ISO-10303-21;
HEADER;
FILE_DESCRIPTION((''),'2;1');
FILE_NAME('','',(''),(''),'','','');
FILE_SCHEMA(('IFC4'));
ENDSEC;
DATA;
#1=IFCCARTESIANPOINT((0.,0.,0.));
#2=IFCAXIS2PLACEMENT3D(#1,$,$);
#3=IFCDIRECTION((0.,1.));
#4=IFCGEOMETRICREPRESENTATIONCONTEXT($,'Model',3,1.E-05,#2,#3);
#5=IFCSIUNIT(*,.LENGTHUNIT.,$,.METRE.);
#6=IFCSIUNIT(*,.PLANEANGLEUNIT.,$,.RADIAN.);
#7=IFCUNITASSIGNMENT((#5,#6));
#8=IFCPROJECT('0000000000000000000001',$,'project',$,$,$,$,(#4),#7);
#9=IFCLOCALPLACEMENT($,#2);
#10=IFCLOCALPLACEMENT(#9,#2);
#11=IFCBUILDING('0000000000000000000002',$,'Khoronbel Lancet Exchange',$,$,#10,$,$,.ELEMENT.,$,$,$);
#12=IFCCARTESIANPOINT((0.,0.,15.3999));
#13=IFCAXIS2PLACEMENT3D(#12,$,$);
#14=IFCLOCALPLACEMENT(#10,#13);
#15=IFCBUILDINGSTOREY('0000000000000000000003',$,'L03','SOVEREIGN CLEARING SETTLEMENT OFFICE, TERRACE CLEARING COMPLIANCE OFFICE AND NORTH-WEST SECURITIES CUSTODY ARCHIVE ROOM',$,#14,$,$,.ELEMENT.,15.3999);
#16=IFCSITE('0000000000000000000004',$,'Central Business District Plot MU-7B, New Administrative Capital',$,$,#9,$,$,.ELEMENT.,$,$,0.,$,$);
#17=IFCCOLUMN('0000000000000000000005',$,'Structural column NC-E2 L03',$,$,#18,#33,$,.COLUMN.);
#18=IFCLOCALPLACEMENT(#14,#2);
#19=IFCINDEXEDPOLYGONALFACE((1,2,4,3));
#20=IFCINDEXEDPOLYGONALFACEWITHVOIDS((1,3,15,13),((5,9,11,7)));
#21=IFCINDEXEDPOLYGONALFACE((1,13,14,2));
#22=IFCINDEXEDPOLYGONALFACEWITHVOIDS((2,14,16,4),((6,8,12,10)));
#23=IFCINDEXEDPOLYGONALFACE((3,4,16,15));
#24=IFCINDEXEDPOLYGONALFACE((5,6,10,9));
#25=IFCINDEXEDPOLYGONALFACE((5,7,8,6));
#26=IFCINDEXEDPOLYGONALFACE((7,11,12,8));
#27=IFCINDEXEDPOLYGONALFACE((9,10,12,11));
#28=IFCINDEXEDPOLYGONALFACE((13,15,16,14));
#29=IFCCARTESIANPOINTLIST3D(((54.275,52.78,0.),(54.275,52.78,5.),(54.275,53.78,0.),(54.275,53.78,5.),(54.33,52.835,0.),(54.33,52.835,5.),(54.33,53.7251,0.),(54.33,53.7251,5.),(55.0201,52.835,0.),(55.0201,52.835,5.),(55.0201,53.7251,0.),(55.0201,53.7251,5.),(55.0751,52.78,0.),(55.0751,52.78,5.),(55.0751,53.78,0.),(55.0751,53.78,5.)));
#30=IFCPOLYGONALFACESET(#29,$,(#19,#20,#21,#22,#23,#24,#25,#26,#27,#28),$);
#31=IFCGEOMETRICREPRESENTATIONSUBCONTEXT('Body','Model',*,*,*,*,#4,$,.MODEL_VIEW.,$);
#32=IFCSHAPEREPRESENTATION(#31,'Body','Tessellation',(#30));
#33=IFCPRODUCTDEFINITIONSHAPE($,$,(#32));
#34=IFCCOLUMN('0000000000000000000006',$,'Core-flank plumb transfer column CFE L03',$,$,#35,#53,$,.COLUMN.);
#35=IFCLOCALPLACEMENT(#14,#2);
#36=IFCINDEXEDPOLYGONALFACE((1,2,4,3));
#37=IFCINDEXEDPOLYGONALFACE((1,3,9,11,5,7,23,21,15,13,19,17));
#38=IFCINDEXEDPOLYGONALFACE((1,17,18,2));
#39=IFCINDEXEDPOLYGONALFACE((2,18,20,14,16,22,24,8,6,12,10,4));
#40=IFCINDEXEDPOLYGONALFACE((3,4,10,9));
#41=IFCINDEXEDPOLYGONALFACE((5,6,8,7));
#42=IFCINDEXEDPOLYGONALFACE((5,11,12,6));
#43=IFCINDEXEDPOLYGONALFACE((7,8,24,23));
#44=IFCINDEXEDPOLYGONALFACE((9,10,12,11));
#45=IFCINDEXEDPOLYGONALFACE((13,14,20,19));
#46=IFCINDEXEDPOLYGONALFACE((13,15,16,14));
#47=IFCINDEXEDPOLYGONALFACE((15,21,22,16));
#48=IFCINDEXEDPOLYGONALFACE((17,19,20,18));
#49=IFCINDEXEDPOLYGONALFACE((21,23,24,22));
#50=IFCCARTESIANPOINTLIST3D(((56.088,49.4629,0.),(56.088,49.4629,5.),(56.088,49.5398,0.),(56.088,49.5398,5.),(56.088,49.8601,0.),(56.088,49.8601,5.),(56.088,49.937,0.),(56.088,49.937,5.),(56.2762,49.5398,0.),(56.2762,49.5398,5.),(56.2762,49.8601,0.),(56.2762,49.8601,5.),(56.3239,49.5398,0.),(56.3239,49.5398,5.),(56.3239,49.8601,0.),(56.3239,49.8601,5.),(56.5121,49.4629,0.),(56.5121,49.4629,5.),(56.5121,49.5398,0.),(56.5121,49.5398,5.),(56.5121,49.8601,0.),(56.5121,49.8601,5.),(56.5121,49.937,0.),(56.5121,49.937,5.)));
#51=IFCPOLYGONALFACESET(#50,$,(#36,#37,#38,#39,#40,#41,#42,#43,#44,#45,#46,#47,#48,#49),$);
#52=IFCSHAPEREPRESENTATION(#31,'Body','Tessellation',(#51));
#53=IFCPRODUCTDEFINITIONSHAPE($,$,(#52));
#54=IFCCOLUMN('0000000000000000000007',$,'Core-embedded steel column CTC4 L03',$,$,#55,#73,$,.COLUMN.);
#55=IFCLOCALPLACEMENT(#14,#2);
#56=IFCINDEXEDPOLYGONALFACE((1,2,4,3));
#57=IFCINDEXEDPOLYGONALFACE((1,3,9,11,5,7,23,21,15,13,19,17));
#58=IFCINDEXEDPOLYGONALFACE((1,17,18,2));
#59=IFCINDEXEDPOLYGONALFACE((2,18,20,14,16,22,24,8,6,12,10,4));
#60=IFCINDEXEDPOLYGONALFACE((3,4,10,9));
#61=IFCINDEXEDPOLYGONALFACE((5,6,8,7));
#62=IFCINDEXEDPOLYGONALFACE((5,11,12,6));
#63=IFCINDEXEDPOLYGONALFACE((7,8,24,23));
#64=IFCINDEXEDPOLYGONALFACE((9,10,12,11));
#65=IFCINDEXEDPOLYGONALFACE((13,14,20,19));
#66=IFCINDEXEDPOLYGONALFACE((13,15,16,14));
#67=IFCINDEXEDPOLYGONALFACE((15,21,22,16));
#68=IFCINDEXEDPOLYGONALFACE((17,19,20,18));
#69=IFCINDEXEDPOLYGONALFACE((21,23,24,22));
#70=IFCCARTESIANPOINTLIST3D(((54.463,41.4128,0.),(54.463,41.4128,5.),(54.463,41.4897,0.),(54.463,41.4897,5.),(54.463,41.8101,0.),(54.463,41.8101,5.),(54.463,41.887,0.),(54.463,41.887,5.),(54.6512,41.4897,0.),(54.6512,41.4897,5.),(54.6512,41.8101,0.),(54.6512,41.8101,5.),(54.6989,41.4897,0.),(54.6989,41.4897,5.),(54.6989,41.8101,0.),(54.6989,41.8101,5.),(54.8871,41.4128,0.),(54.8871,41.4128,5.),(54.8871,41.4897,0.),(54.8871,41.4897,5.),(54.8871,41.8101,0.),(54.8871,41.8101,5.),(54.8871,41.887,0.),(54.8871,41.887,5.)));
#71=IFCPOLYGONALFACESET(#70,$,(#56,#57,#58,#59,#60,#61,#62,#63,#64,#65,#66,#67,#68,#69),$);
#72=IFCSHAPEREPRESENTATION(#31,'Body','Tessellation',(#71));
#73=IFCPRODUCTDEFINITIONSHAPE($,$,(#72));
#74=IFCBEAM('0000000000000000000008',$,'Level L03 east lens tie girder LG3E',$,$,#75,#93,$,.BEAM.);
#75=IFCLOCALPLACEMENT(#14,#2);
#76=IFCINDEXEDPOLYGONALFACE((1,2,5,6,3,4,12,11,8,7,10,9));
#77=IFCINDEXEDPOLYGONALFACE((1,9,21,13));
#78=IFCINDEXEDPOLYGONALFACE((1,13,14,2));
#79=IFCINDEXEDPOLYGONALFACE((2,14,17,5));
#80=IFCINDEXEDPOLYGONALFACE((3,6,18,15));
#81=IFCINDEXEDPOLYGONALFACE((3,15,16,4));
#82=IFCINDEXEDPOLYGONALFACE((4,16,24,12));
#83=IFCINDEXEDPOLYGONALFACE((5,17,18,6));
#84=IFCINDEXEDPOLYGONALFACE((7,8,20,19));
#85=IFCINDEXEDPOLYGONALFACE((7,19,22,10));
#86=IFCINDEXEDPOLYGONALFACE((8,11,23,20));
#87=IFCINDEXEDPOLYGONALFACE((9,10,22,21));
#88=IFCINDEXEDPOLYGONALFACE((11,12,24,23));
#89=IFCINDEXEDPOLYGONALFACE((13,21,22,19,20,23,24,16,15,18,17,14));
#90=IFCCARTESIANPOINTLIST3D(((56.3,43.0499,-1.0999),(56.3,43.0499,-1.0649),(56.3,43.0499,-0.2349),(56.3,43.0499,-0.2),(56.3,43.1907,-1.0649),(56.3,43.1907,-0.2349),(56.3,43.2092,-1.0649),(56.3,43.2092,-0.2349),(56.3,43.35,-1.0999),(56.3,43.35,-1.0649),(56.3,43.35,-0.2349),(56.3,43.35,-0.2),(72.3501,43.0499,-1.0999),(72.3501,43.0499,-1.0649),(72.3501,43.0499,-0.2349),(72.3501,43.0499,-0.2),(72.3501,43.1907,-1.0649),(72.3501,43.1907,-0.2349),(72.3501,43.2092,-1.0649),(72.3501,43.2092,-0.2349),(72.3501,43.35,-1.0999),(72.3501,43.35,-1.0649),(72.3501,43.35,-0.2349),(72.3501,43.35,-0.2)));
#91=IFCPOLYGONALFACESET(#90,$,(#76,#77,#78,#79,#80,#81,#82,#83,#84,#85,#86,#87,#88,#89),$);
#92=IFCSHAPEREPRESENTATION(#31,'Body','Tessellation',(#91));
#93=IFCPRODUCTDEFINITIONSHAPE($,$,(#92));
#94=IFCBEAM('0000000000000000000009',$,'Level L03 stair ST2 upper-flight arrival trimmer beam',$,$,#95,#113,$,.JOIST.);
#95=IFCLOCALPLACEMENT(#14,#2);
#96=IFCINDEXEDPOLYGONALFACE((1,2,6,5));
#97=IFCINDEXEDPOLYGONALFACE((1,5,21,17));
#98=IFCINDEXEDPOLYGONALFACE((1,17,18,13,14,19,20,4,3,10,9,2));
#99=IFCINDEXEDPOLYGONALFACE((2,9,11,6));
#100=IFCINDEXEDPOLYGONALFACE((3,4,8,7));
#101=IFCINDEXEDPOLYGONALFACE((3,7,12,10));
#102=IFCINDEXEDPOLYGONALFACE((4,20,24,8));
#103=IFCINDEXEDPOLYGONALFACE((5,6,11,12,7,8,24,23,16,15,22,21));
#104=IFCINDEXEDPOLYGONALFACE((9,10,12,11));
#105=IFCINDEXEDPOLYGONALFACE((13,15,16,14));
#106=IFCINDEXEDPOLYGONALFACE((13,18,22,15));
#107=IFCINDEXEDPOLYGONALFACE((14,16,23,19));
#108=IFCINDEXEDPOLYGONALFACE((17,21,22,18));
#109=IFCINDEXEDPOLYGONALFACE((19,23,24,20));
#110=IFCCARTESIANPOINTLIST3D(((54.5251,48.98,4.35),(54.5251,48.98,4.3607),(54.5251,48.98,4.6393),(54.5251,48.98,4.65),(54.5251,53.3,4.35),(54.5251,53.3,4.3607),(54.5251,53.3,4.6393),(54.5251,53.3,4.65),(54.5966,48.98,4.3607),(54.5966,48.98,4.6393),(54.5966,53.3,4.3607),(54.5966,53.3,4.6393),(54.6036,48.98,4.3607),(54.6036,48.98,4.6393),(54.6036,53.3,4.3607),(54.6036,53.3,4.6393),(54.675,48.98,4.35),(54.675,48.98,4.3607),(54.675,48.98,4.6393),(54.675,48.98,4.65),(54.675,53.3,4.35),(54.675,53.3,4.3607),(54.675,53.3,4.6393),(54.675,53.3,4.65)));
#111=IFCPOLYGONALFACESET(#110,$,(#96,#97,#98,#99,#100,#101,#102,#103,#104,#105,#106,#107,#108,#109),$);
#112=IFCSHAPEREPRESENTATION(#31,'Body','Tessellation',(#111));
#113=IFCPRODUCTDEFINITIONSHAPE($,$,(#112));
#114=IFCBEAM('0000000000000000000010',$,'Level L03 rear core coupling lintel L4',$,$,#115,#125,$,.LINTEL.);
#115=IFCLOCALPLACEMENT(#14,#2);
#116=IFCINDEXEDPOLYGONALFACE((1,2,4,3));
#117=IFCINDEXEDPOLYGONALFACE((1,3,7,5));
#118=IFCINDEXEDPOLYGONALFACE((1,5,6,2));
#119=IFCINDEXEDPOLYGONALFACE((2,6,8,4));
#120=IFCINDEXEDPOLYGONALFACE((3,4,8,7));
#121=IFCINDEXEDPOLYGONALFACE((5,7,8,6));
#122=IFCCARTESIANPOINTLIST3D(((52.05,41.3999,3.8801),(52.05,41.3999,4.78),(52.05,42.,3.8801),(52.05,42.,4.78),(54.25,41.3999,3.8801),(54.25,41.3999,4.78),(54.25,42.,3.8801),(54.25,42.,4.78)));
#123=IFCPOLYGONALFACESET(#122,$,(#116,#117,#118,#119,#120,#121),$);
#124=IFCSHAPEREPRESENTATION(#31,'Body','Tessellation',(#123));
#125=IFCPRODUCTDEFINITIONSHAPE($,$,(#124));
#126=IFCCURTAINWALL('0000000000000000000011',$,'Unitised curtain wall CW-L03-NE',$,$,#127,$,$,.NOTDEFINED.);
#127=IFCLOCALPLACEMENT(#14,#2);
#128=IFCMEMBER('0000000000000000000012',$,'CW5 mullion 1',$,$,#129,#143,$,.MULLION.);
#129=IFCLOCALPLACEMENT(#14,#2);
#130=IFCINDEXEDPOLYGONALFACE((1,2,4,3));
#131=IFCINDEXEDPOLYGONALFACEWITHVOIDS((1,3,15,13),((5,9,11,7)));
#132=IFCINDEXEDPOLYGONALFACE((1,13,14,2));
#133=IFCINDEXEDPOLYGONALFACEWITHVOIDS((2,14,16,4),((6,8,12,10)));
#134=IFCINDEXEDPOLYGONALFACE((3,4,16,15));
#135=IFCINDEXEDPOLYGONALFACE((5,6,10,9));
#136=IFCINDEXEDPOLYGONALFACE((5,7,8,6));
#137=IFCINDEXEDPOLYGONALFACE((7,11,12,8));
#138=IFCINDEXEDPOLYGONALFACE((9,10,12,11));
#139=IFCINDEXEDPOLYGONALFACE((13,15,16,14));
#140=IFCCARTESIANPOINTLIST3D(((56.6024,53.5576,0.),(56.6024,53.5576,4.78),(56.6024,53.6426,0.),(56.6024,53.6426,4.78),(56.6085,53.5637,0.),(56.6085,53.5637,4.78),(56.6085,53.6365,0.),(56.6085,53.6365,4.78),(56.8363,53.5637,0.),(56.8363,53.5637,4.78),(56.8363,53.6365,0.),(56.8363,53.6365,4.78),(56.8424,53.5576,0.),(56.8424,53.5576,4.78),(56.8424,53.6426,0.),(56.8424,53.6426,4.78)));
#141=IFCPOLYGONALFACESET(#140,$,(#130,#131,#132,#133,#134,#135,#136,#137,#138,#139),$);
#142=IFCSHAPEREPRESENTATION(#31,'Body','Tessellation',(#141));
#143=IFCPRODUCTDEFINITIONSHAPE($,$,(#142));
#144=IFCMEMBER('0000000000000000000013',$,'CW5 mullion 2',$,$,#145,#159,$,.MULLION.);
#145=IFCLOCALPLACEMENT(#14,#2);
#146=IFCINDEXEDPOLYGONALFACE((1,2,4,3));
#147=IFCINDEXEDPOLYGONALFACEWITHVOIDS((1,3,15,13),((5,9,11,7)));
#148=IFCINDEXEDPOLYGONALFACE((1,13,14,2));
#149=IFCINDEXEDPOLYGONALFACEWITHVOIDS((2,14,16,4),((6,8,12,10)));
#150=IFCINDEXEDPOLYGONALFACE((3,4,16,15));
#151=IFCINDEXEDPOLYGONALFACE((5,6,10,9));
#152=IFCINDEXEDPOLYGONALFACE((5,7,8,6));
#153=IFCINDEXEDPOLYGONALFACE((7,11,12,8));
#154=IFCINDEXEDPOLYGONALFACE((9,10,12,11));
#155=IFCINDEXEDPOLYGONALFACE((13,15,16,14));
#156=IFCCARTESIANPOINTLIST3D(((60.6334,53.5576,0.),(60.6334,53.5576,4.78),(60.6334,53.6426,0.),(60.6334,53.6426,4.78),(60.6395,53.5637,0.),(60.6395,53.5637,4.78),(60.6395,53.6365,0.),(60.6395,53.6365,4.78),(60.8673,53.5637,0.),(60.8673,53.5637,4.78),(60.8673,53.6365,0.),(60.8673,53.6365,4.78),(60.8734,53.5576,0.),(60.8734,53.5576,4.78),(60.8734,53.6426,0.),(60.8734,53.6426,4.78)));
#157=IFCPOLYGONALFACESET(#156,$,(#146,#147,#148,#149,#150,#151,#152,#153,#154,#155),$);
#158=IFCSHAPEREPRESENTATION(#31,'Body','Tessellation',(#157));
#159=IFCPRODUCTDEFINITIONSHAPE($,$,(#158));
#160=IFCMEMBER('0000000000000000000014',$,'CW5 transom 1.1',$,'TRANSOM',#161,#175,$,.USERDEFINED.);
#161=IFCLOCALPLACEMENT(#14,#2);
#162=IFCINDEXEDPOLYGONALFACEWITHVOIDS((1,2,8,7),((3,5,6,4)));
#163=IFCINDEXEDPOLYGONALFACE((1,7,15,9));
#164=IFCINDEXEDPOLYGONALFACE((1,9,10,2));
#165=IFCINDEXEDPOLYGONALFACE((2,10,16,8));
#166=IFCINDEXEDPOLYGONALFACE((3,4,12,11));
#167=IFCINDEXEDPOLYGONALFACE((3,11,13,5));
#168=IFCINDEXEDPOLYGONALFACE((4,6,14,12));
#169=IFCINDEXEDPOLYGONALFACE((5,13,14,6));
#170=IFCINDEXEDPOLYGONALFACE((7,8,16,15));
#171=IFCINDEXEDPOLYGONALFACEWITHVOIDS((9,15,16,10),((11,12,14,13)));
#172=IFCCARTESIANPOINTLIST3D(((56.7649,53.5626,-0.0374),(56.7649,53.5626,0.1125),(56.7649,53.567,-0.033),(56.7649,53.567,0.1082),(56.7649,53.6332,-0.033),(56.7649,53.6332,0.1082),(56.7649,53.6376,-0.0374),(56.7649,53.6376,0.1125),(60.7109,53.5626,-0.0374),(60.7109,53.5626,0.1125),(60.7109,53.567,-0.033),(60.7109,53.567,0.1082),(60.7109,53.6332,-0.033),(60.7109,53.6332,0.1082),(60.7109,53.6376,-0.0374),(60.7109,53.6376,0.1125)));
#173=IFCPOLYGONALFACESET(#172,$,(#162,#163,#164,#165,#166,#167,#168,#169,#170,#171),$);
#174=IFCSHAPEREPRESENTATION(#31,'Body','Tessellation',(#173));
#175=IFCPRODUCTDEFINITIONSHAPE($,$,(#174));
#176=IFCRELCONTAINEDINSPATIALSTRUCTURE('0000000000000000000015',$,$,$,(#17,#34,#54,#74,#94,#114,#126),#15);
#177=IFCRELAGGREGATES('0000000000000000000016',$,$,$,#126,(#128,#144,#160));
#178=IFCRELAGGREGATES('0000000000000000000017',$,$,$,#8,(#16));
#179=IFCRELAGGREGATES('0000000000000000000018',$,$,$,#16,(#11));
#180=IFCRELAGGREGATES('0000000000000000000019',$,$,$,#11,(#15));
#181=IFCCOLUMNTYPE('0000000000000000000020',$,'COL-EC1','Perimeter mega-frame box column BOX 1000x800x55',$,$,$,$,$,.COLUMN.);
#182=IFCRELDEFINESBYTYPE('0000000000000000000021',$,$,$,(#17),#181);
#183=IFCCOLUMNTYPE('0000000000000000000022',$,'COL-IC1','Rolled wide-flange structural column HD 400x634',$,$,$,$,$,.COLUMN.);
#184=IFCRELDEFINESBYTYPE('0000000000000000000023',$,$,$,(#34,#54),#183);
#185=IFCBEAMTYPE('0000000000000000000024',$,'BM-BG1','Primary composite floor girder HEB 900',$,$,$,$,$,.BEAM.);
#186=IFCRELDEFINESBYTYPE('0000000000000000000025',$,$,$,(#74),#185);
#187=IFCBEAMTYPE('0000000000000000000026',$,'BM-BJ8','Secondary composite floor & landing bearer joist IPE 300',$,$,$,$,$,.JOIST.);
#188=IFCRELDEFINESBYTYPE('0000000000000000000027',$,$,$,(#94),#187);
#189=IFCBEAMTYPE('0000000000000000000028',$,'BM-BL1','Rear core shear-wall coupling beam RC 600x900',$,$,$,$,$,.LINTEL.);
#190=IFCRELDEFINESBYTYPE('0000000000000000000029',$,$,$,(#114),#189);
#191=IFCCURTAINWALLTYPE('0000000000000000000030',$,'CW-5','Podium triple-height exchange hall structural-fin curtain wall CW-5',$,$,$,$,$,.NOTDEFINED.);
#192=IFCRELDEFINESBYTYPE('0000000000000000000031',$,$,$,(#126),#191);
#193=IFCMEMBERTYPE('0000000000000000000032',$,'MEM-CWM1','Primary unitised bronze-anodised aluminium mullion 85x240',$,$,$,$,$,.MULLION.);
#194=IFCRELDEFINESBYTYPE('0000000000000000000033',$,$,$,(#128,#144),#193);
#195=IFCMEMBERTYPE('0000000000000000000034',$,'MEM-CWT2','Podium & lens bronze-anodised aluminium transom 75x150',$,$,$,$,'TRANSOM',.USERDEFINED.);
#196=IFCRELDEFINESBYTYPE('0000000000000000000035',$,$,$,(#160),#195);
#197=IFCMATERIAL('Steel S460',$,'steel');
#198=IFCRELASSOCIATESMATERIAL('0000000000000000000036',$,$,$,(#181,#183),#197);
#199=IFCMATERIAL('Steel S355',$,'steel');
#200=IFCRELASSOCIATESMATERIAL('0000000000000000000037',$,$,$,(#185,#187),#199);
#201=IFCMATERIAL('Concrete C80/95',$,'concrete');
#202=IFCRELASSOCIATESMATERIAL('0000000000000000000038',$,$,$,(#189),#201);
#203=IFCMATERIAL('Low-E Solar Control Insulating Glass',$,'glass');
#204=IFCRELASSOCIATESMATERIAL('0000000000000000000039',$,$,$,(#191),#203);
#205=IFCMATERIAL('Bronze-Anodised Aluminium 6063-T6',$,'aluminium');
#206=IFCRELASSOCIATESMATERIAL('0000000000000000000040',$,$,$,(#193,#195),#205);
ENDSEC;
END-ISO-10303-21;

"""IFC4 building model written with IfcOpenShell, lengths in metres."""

from ifc_helpers import new_model, si_unit, direction, frame, origin, origin_2d, place, context, subcontext, project, spatial, rectangle, hollow_rectangle, i_section, extrude, material, material_profile, profile_set, type_object, element, aggregate, save


model = new_model("IFC4")

# Units and contexts
model_context = context("Model", 3, precision=1e-05, world=origin(), true_north=direction((0.0, 1.0)))
body_context = subcontext(model_context, "Body", "Model", "MODEL_VIEW")
ifc_project = project(units=[si_unit("LENGTHUNIT", "METRE"), si_unit("PLANEANGLEUNIT", "RADIAN")], contexts=[model_context])

# Site, building, storey
site_placement = place(None, origin())
site = spatial("IfcSite", under=ifc_project, at=site_placement, Name="Central Business District Plot MU-7B, New Administrative Capital", CompositionType="ELEMENT", RefElevation=0.0)
building_placement = place(site_placement, origin())
building = spatial("IfcBuilding", under=site, at=building_placement, Name="Khoronbel Lancet Exchange", CompositionType="ELEMENT")
storey_placement = place(building_placement, frame((0.0, 0.0, 15.3999)))
storey = spatial("IfcBuildingStorey", under=building, at=storey_placement, Name="L03", Description="SOVEREIGN CLEARING SETTLEMENT OFFICE, TERRACE CLEARING COMPLIANCE OFFICE AND NORTH-WEST SECURITIES CUSTODY ARCHIVE ROOM", CompositionType="ELEMENT", Elevation=15.3999)

# Columns
ifc_material_1 = material(Name="Steel S460", Category="steel")
ifc_material_profile_1 = material_profile(ifc_material_1, hollow_rectangle(XDim=0.8, YDim=1.0, WallThickness=0.0549, at=origin_2d()), Name="BOX 1000x800x55")
ifc_profile_set_1 = profile_set([ifc_material_profile_1], Name="Steel S460")
column_type_1 = type_object("IfcColumnType", Name="COL-EC1", Description="Perimeter mega-frame box column BOX 1000x800x55", PredefinedType="COLUMN", material=ifc_profile_set_1)
column_placement = place(storey_placement, frame((54.675, 53.28, 0.0), z_axis=(0.0, 0.0, 1.0), x_axis=(1.0, 0.0, 0.0)))
element("IfcColumn", 1, at=column_placement, inside=storey, type_object=column_type_1, Name="Structural column NC-E2 L03", PredefinedType="COLUMN", context=body_context, shape_type="SweptSolid", body=[
    extrude(hollow_rectangle(XDim=0.8, YDim=1.0, WallThickness=0.0549, at=origin_2d()), origin(), (0.0, 0.0, 1.0), 5.0),
])
ifc_material_profile_2 = material_profile(ifc_material_1, i_section(OverallWidth=0.4241, OverallDepth=0.4741, WebThickness=0.0476, FlangeThickness=0.0769, at=origin_2d()), Name="HD 400x634")
ifc_profile_set_2 = profile_set([ifc_material_profile_2], Name="Steel S460")
column_type_2 = type_object("IfcColumnType", Name="COL-IC1", Description="Rolled wide-flange structural column HD 400x634", PredefinedType="COLUMN", material=ifc_profile_set_2)
for number, where, z_axis, x_axis, name in (
    (2, (56.3, 49.7, 0.0), (0.0, 0.0, 1.0), (1.0, 0.0, 0.0), "Core-flank plumb transfer column CFE L03"),
    (3, (54.675, 41.6499, 0.0), (0.0, 0.0, 1.0), (1.0, 0.0, 0.0), "Core-embedded steel column CTC4 L03"),
):
    element("IfcColumn", number, at=place(storey_placement, frame(where, z_axis=z_axis, x_axis=x_axis)), inside=storey, type_object=column_type_2, Name=name, PredefinedType="COLUMN", context=body_context, shape_type="SweptSolid", body=[
        extrude(i_section(OverallWidth=0.4241, OverallDepth=0.4741, WebThickness=0.0476, FlangeThickness=0.0769, at=origin_2d()), origin(), (0.0, 0.0, 1.0), 5.0),
    ])

# Beams
ifc_material_2 = material(Name="Steel S355", Category="steel")
ifc_material_profile_3 = material_profile(ifc_material_2, i_section(OverallWidth=0.3, OverallDepth=0.8999, WebThickness=0.0186, FlangeThickness=0.0349, at=origin_2d()), Name="HEB 900")
ifc_profile_set_3 = profile_set([ifc_material_profile_3], Name="Steel S355")
beam_type_1 = type_object("IfcBeamType", Name="BM-BG1", Description="Primary composite floor girder HEB 900", PredefinedType="BEAM", material=ifc_profile_set_3)
beam_1_placement = place(storey_placement, frame((56.3, 43.2, -0.6499), z_axis=(1.0, 0.0, 0.0), x_axis=(0.0, 1.0, 0.0)))
element("IfcBeam", 4, at=beam_1_placement, inside=storey, type_object=beam_type_1, Name="Level L03 east lens tie girder LG3E", PredefinedType="BEAM", context=body_context, shape_type="SweptSolid", body=[
    extrude(i_section(OverallWidth=0.3, OverallDepth=0.8999, WebThickness=0.0186, FlangeThickness=0.0349, at=origin_2d()), origin(), (0.0, 0.0, 1.0), 16.05),
])
ifc_material_profile_4 = material_profile(ifc_material_2, i_section(OverallWidth=0.1499, OverallDepth=0.3, WebThickness=0.0071, FlangeThickness=0.0107, at=origin_2d()), Name="IPE 300")
ifc_profile_set_4 = profile_set([ifc_material_profile_4], Name="Steel S355")
beam_type_2 = type_object("IfcBeamType", Name="BM-BJ8", Description="Secondary composite floor & landing bearer joist IPE 300", PredefinedType="JOIST", material=ifc_profile_set_4)
beam_2_placement = place(storey_placement, frame((54.6001, 48.98, 4.5), z_axis=(0.0, 1.0, 0.0), x_axis=(-1.0, 0.0, 0.0)))
element("IfcBeam", 5, at=beam_2_placement, inside=storey, type_object=beam_type_2, Name="Level L03 stair ST2 upper-flight arrival trimmer beam", PredefinedType="JOIST", context=body_context, shape_type="SweptSolid", body=[
    extrude(i_section(OverallWidth=0.1499, OverallDepth=0.3, WebThickness=0.0071, FlangeThickness=0.0107, at=origin_2d()), origin(), (0.0, 0.0, 1.0), 4.3201),
])
ifc_material_3 = material(Name="Concrete C80/95", Category="concrete")
ifc_material_profile_5 = material_profile(ifc_material_3, rectangle(XDim=0.6001, YDim=0.8999, at=origin_2d()), Name="RC 600x900")
ifc_profile_set_5 = profile_set([ifc_material_profile_5], Name="Concrete C80/95")
beam_type_3 = type_object("IfcBeamType", Name="BM-BL1", Description="Rear core shear-wall coupling beam RC 600x900", PredefinedType="LINTEL", material=ifc_profile_set_5)
beam_3_placement = place(storey_placement, frame((52.05, 41.7, 4.3301), z_axis=(1.0, 0.0, 0.0), x_axis=(0.0, 1.0, 0.0)))
element("IfcBeam", 6, at=beam_3_placement, inside=storey, type_object=beam_type_3, Name="Level L03 rear core coupling lintel L4", PredefinedType="LINTEL", context=body_context, shape_type="SweptSolid", body=[
    extrude(rectangle(XDim=0.6001, YDim=0.8999, at=origin_2d()), origin(), (0.0, 0.0, 1.0), 2.2),
])

# Curtain wall, members
ifc_material_4 = material(Name="Low-E Solar Control Insulating Glass", Category="glass")
curtain_wall_type = type_object("IfcCurtainWallType", Name="CW-5", Description="Podium triple-height exchange hall structural-fin curtain wall CW-5", PredefinedType="NOTDEFINED", material=ifc_material_4)
curtain_wall_placement = place(storey_placement, origin())
curtain_wall = element("IfcCurtainWall", 7, at=curtain_wall_placement, inside=storey, type_object=curtain_wall_type, Name="Unitised curtain wall CW-L03-NE", PredefinedType="NOTDEFINED")
ifc_material_5 = material(Name="Bronze-Anodised Aluminium 6063-T6", Category="aluminium")
ifc_material_profile_6 = material_profile(ifc_material_5, hollow_rectangle(XDim=0.085, YDim=0.24, WallThickness=0.0061, at=origin_2d()), Name="ALU MULLION 85x240")
ifc_profile_set_6 = profile_set([ifc_material_profile_6], Name="Bronze-Anodised Aluminium 6063-T6")
member_type_1 = type_object("IfcMemberType", Name="MEM-CWM1", Description="Primary unitised bronze-anodised aluminium mullion 85x240", PredefinedType="MULLION", material=ifc_profile_set_6)
member_1_placement = place(storey_placement, frame((56.7224, 53.6001, 0.0), z_axis=(0.0, 0.0, 1.0), x_axis=(0.0, 1.0, 0.0)))
member_1 = element("IfcMember", 8, at=member_1_placement, type_object=member_type_1, Name="CW5 mullion 1", PredefinedType="MULLION", context=body_context, shape_type="SweptSolid", body=[
    extrude(hollow_rectangle(XDim=0.085, YDim=0.24, WallThickness=0.0061, at=origin_2d()), origin(), (0.0, 0.0, 1.0), 4.78),
])
member_2_placement = place(storey_placement, frame((60.7534, 53.6001, 0.0), z_axis=(0.0, 0.0, 1.0), x_axis=(0.0, 1.0, 0.0)))
member_2 = element("IfcMember", 9, at=member_2_placement, type_object=member_type_1, Name="CW5 mullion 2", PredefinedType="MULLION", context=body_context, shape_type="SweptSolid", body=[
    extrude(hollow_rectangle(XDim=0.085, YDim=0.24, WallThickness=0.0061, at=origin_2d()), origin(), (0.0, 0.0, 1.0), 4.78),
])
ifc_material_profile_7 = material_profile(ifc_material_5, hollow_rectangle(XDim=0.075, YDim=0.1499, WallThickness=0.0044, at=origin_2d()), Name="ALU TRANSOM 75x150")
ifc_profile_set_7 = profile_set([ifc_material_profile_7], Name="Bronze-Anodised Aluminium 6063-T6")
member_type_2 = type_object("IfcMemberType", Name="MEM-CWT2", Description="Podium & lens bronze-anodised aluminium transom 75x150", ElementType="TRANSOM", PredefinedType="USERDEFINED", material=ifc_profile_set_7)
member_3_placement = place(storey_placement, frame((56.7649, 53.6001, 0.0376), z_axis=(1.0, 0.0, 0.0), x_axis=(0.0, 1.0, 0.0)))
member_3 = element("IfcMember", 10, at=member_3_placement, type_object=member_type_2, Name="CW5 transom 1.1", ObjectType="TRANSOM", PredefinedType="USERDEFINED", context=body_context, shape_type="SweptSolid", body=[
    extrude(hollow_rectangle(XDim=0.075, YDim=0.1499, WallThickness=0.0044, at=origin_2d()), origin(), (0.0, 0.0, 1.0), 3.946),
])
aggregate(curtain_wall, [member_1, member_2, member_3])

save(model, "model.ifc")
